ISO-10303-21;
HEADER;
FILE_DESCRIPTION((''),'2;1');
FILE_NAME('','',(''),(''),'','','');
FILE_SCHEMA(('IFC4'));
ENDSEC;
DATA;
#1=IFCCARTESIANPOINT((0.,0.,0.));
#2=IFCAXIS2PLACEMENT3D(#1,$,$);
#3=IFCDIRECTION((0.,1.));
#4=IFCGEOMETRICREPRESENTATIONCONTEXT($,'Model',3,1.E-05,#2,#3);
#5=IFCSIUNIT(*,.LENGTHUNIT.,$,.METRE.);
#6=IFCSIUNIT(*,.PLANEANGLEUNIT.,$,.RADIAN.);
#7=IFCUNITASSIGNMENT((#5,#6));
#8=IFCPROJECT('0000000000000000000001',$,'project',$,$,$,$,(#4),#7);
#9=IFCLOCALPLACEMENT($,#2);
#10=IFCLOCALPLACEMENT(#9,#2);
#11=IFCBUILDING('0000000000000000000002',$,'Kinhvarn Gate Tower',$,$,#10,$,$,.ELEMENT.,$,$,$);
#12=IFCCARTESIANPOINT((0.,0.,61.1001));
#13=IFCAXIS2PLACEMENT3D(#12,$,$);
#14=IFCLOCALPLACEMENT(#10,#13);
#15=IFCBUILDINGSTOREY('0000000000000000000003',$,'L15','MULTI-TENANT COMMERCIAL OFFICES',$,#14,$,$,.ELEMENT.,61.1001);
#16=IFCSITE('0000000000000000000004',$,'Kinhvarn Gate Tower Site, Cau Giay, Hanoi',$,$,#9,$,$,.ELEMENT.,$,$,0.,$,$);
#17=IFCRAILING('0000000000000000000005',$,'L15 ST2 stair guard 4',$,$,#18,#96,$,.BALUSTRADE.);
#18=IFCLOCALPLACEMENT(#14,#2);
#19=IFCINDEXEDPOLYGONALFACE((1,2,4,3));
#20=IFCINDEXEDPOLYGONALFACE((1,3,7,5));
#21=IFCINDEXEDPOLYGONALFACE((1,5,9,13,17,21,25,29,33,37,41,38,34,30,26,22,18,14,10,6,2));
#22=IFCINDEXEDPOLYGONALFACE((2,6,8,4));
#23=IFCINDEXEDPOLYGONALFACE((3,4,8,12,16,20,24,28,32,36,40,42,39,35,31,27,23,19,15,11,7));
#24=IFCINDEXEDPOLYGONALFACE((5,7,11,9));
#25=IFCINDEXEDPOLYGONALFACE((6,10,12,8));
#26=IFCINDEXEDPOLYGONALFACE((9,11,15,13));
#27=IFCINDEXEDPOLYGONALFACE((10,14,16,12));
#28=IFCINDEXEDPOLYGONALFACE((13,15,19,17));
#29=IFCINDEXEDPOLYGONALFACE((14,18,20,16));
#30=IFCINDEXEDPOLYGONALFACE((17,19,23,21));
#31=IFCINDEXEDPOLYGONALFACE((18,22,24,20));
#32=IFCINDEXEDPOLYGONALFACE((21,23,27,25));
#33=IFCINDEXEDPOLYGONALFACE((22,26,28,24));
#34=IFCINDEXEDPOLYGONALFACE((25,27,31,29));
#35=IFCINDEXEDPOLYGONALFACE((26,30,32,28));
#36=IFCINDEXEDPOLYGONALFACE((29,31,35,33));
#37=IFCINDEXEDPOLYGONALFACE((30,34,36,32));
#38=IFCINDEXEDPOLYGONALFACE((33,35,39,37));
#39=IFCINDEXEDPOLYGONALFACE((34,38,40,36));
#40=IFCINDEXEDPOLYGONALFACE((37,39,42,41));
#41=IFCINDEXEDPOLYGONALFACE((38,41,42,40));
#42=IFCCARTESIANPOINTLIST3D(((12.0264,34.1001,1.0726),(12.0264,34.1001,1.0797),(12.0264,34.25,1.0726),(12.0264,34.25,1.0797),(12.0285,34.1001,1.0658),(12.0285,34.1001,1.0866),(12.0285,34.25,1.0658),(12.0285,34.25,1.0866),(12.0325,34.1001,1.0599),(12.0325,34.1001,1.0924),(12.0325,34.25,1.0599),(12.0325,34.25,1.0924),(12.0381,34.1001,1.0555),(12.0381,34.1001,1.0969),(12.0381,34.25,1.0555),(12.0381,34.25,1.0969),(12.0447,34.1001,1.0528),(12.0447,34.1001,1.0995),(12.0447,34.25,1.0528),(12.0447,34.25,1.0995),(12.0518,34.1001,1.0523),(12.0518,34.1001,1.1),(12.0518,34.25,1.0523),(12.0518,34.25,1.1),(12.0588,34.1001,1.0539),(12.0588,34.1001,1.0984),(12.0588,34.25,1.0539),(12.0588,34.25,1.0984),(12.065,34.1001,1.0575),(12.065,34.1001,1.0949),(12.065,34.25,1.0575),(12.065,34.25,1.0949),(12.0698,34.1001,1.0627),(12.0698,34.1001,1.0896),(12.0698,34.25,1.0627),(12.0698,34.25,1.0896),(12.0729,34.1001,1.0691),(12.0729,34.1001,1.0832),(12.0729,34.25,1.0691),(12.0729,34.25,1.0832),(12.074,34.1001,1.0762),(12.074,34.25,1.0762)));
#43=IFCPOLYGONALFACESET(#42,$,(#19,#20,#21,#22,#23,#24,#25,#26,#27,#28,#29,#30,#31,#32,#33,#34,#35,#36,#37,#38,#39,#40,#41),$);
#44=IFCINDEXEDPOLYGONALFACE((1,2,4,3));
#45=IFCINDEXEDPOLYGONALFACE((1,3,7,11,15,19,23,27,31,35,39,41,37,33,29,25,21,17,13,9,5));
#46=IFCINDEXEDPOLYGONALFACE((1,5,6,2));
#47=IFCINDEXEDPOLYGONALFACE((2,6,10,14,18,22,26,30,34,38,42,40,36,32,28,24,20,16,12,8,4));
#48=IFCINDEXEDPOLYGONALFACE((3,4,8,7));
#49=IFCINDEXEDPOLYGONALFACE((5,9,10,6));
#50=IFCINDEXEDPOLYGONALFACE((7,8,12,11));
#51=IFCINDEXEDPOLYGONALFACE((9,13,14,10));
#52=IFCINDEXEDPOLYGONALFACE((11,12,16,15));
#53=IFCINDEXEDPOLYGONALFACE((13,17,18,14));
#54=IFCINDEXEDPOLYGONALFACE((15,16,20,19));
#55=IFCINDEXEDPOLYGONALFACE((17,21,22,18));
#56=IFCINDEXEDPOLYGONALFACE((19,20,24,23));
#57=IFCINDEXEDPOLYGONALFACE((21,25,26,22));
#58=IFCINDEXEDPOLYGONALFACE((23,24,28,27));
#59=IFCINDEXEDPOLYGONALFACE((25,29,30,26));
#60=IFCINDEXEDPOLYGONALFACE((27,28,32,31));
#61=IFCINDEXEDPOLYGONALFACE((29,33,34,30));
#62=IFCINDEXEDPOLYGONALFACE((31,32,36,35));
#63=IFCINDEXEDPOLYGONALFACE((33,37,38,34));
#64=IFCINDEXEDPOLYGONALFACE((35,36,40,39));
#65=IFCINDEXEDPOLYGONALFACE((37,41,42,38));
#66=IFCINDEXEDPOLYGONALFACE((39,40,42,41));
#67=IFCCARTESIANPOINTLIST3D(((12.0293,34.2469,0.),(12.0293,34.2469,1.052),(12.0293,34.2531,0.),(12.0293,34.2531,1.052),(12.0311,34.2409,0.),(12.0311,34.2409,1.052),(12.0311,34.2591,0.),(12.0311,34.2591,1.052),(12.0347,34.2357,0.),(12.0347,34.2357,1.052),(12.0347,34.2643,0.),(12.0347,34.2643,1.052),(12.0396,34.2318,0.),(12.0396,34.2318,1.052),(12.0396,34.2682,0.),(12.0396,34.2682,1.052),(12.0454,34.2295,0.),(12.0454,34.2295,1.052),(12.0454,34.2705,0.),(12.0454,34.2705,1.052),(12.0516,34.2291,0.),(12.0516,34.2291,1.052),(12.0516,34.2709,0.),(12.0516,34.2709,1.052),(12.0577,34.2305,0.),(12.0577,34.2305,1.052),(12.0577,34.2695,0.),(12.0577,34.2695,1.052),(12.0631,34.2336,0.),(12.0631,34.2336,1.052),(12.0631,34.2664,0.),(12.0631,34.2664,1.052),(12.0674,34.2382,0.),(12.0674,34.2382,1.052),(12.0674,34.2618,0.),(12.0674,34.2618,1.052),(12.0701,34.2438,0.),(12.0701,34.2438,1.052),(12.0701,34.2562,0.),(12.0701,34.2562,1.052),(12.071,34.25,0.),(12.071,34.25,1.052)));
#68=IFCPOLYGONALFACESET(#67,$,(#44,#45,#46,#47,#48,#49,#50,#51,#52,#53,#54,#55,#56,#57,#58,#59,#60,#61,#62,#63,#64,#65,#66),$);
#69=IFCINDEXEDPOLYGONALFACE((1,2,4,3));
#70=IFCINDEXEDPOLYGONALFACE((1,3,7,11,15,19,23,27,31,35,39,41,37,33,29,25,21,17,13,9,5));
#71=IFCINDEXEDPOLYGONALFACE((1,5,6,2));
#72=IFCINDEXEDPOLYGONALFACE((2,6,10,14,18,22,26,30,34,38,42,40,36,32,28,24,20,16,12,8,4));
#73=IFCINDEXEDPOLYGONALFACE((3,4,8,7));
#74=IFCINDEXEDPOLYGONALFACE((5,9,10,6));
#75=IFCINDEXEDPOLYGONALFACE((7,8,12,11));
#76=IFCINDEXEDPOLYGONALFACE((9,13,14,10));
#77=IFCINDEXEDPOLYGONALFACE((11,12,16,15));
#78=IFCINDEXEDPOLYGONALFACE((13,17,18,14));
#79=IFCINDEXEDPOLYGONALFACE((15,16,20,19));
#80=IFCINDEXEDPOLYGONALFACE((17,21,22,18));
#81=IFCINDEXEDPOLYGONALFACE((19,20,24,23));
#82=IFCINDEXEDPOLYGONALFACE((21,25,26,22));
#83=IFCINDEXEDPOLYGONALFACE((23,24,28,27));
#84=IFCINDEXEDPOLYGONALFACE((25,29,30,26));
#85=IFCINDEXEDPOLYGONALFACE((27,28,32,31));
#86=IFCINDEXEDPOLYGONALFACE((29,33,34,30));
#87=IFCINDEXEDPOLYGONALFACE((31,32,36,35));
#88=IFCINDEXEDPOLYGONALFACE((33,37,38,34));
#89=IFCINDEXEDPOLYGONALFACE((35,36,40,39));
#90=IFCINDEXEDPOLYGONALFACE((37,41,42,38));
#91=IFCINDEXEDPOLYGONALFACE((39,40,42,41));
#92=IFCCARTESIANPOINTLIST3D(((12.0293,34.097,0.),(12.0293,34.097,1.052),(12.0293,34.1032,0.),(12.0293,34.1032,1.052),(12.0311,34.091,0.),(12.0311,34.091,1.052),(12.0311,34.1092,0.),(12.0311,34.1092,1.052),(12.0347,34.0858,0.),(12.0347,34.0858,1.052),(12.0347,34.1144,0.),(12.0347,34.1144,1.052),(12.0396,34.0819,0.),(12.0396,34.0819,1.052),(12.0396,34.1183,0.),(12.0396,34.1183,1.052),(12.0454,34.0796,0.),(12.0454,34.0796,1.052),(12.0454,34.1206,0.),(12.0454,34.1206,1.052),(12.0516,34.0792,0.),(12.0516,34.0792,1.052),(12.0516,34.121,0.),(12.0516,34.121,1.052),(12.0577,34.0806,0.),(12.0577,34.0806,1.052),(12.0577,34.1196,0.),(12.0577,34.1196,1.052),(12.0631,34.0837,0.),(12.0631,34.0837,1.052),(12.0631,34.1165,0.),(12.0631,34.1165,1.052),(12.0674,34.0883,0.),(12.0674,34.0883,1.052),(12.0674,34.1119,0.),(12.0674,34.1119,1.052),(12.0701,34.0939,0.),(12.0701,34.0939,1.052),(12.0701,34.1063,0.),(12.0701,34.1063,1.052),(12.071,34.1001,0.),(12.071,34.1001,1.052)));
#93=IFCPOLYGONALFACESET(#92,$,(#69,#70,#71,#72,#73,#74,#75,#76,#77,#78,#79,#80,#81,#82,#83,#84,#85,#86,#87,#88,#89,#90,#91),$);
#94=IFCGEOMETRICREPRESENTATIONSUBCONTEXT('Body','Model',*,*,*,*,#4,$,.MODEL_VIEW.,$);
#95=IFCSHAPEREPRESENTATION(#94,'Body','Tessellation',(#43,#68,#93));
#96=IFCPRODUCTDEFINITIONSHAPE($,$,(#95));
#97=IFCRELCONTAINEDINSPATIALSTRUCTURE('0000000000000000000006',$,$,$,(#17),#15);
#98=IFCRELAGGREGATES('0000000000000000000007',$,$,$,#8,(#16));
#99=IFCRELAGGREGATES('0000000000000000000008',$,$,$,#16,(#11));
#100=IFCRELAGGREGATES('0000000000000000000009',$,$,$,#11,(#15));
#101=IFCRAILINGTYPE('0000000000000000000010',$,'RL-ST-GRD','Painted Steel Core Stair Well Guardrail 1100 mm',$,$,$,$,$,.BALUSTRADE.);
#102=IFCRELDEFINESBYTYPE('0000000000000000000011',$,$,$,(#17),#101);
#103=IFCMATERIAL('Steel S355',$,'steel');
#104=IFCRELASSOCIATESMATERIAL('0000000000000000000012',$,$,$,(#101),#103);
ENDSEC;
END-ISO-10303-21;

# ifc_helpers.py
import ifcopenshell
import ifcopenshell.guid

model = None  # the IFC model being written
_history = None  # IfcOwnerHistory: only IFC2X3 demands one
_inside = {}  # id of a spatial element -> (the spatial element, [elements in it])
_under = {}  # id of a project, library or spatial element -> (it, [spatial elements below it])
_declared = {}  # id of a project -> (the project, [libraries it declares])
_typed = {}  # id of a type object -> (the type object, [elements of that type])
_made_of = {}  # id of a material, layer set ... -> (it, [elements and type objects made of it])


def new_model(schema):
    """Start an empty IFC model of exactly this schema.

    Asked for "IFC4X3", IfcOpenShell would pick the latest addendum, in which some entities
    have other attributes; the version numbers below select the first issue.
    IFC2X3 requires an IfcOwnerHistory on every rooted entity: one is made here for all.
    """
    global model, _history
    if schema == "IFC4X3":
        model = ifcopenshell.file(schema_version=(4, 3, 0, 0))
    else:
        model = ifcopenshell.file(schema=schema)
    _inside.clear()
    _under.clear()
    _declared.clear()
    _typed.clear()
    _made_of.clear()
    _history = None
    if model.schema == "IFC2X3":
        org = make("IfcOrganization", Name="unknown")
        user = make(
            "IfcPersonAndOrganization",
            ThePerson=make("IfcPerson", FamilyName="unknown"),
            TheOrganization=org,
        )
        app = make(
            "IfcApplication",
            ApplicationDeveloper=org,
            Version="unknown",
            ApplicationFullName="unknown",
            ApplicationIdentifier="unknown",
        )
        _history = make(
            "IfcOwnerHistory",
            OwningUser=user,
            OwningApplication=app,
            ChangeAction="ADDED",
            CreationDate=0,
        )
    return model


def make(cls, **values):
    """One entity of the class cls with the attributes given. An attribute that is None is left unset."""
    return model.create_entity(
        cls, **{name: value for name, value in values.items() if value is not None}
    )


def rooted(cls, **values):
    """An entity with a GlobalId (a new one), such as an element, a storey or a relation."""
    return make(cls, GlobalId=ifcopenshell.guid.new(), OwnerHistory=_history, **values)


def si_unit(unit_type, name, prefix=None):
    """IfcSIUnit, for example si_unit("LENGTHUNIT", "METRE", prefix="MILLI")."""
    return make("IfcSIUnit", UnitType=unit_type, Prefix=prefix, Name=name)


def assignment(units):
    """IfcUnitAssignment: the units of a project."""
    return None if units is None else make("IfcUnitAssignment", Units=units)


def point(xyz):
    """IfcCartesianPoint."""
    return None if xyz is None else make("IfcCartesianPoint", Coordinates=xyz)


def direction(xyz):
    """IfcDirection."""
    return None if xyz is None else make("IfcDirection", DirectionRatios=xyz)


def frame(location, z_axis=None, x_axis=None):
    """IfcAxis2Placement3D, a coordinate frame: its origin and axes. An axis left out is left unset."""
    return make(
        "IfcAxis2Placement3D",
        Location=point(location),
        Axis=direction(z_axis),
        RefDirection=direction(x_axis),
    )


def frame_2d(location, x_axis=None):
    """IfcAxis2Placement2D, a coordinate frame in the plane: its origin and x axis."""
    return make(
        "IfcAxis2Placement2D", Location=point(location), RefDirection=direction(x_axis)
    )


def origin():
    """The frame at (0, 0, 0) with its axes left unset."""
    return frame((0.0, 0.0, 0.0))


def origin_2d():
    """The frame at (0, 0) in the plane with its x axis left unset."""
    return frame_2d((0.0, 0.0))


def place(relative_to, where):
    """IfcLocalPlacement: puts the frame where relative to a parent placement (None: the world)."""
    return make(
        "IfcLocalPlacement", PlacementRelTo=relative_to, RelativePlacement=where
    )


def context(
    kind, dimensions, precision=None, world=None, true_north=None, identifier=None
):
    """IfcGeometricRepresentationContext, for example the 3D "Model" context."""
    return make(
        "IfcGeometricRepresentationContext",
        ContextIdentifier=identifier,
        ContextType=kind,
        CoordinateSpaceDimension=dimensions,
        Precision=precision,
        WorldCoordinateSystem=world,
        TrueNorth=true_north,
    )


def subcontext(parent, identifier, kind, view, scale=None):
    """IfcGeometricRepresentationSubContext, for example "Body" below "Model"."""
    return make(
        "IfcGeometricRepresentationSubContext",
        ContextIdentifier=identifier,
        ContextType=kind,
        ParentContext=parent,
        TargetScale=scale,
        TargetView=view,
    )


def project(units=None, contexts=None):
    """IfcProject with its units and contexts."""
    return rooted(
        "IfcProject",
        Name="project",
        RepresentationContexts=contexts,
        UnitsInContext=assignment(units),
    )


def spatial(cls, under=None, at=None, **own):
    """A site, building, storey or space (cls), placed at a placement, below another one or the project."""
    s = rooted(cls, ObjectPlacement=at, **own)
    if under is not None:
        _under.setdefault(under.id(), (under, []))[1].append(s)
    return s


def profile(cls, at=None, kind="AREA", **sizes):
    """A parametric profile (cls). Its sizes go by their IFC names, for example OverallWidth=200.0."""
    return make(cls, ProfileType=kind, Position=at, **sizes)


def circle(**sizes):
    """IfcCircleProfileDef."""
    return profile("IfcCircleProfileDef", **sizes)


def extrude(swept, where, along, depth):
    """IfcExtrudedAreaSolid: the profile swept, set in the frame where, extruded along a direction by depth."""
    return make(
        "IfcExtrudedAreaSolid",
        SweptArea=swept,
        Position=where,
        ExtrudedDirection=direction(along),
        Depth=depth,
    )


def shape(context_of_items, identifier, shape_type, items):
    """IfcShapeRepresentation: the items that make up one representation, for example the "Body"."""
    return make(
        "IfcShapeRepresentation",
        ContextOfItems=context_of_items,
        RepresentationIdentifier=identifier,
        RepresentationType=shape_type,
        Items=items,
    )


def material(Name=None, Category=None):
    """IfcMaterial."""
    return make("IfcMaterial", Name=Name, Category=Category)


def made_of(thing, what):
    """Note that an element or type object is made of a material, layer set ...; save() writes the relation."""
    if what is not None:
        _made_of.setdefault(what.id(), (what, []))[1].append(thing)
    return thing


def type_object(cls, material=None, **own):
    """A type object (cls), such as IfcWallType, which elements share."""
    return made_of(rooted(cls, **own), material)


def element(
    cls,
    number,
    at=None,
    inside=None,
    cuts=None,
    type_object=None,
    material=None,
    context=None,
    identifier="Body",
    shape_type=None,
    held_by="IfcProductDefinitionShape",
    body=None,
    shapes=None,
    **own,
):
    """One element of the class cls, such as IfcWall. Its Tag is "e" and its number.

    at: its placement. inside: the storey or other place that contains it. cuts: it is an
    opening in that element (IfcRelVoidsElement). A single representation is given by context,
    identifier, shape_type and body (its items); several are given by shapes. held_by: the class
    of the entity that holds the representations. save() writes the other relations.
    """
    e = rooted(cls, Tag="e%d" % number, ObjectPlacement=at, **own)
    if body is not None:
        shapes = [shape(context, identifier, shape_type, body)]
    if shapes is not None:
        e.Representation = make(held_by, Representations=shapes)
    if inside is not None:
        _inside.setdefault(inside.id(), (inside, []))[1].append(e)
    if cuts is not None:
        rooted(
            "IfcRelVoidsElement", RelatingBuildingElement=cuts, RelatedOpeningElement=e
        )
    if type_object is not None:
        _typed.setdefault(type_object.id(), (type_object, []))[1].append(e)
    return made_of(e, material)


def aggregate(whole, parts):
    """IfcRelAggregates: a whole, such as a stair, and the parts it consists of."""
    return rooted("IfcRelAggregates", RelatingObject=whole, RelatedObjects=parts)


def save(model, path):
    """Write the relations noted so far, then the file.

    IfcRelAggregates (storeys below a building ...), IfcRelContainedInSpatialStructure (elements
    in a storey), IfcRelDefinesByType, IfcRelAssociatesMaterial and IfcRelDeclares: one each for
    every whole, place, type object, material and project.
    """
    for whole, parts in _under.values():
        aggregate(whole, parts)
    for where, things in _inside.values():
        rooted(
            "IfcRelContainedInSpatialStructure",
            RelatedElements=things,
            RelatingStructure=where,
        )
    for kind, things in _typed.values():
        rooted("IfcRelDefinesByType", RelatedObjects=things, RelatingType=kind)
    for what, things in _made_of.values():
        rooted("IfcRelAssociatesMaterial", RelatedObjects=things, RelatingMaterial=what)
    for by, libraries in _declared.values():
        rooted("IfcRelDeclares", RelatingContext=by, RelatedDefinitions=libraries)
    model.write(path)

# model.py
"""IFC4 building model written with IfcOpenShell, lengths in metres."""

from ifc_helpers import new_model, si_unit, direction, frame, origin, origin_2d, place, context, subcontext, project, spatial, circle, extrude, material, type_object, element, save


model = new_model("IFC4")

# Units and contexts
model_context = context("Model", 3, precision=1e-05, world=origin(), true_north=direction((0.0, 1.0)))
body_context = subcontext(model_context, "Body", "Model", "MODEL_VIEW")
ifc_project = project(units=[si_unit("LENGTHUNIT", "METRE"), si_unit("PLANEANGLEUNIT", "RADIAN")], contexts=[model_context])

# Site, building, storey
site_placement = place(None, origin())
site = spatial("IfcSite", under=ifc_project, at=site_placement, Name="Kinhvarn Gate Tower Site, Cau Giay, Hanoi", CompositionType="ELEMENT", RefElevation=0.0)
building_placement = place(site_placement, origin())
building = spatial("IfcBuilding", under=site, at=building_placement, Name="Kinhvarn Gate Tower", CompositionType="ELEMENT")
storey_placement = place(building_placement, frame((0.0, 0.0, 61.1001)))
storey = spatial("IfcBuildingStorey", under=building, at=storey_placement, Name="L15", Description="MULTI-TENANT COMMERCIAL OFFICES", CompositionType="ELEMENT", Elevation=61.1001)

# Shared definitions
ifc_material_1 = material(Name="Steel S355", Category="steel")

# Railing
railing_type_1 = type_object("IfcRailingType", Name="RL-ST-GRD", Description="Painted Steel Core Stair Well Guardrail 1100 mm", PredefinedType="BALUSTRADE", material=ifc_material_1)
railing_1_placement = place(storey_placement, frame((12.05, 34.25, 0.0)))
element("IfcRailing", 1, at=railing_1_placement, inside=storey, type_object=railing_type_1, Name="L15 ST2 stair guard 4", PredefinedType="BALUSTRADE", context=body_context, shape_type="SweptSolid", body=[
    extrude(circle(Radius=0.0239, at=origin_2d()), frame((0.0, 0.0, 1.0762), z_axis=(0.0, -1.0, 0.0), x_axis=(1.0, 0.0, 0.0)), (0.0, 0.0, 1.0), 0.1499),
    extrude(circle(Radius=0.021, at=origin_2d()), origin(), (0.0, 0.0, 1.0), 1.052),
    extrude(circle(Radius=0.021, at=origin_2d()), frame((0.0, -0.1499, 0.0)), (0.0, 0.0, 1.0), 1.052),
])

save(model, "model.ifc")
